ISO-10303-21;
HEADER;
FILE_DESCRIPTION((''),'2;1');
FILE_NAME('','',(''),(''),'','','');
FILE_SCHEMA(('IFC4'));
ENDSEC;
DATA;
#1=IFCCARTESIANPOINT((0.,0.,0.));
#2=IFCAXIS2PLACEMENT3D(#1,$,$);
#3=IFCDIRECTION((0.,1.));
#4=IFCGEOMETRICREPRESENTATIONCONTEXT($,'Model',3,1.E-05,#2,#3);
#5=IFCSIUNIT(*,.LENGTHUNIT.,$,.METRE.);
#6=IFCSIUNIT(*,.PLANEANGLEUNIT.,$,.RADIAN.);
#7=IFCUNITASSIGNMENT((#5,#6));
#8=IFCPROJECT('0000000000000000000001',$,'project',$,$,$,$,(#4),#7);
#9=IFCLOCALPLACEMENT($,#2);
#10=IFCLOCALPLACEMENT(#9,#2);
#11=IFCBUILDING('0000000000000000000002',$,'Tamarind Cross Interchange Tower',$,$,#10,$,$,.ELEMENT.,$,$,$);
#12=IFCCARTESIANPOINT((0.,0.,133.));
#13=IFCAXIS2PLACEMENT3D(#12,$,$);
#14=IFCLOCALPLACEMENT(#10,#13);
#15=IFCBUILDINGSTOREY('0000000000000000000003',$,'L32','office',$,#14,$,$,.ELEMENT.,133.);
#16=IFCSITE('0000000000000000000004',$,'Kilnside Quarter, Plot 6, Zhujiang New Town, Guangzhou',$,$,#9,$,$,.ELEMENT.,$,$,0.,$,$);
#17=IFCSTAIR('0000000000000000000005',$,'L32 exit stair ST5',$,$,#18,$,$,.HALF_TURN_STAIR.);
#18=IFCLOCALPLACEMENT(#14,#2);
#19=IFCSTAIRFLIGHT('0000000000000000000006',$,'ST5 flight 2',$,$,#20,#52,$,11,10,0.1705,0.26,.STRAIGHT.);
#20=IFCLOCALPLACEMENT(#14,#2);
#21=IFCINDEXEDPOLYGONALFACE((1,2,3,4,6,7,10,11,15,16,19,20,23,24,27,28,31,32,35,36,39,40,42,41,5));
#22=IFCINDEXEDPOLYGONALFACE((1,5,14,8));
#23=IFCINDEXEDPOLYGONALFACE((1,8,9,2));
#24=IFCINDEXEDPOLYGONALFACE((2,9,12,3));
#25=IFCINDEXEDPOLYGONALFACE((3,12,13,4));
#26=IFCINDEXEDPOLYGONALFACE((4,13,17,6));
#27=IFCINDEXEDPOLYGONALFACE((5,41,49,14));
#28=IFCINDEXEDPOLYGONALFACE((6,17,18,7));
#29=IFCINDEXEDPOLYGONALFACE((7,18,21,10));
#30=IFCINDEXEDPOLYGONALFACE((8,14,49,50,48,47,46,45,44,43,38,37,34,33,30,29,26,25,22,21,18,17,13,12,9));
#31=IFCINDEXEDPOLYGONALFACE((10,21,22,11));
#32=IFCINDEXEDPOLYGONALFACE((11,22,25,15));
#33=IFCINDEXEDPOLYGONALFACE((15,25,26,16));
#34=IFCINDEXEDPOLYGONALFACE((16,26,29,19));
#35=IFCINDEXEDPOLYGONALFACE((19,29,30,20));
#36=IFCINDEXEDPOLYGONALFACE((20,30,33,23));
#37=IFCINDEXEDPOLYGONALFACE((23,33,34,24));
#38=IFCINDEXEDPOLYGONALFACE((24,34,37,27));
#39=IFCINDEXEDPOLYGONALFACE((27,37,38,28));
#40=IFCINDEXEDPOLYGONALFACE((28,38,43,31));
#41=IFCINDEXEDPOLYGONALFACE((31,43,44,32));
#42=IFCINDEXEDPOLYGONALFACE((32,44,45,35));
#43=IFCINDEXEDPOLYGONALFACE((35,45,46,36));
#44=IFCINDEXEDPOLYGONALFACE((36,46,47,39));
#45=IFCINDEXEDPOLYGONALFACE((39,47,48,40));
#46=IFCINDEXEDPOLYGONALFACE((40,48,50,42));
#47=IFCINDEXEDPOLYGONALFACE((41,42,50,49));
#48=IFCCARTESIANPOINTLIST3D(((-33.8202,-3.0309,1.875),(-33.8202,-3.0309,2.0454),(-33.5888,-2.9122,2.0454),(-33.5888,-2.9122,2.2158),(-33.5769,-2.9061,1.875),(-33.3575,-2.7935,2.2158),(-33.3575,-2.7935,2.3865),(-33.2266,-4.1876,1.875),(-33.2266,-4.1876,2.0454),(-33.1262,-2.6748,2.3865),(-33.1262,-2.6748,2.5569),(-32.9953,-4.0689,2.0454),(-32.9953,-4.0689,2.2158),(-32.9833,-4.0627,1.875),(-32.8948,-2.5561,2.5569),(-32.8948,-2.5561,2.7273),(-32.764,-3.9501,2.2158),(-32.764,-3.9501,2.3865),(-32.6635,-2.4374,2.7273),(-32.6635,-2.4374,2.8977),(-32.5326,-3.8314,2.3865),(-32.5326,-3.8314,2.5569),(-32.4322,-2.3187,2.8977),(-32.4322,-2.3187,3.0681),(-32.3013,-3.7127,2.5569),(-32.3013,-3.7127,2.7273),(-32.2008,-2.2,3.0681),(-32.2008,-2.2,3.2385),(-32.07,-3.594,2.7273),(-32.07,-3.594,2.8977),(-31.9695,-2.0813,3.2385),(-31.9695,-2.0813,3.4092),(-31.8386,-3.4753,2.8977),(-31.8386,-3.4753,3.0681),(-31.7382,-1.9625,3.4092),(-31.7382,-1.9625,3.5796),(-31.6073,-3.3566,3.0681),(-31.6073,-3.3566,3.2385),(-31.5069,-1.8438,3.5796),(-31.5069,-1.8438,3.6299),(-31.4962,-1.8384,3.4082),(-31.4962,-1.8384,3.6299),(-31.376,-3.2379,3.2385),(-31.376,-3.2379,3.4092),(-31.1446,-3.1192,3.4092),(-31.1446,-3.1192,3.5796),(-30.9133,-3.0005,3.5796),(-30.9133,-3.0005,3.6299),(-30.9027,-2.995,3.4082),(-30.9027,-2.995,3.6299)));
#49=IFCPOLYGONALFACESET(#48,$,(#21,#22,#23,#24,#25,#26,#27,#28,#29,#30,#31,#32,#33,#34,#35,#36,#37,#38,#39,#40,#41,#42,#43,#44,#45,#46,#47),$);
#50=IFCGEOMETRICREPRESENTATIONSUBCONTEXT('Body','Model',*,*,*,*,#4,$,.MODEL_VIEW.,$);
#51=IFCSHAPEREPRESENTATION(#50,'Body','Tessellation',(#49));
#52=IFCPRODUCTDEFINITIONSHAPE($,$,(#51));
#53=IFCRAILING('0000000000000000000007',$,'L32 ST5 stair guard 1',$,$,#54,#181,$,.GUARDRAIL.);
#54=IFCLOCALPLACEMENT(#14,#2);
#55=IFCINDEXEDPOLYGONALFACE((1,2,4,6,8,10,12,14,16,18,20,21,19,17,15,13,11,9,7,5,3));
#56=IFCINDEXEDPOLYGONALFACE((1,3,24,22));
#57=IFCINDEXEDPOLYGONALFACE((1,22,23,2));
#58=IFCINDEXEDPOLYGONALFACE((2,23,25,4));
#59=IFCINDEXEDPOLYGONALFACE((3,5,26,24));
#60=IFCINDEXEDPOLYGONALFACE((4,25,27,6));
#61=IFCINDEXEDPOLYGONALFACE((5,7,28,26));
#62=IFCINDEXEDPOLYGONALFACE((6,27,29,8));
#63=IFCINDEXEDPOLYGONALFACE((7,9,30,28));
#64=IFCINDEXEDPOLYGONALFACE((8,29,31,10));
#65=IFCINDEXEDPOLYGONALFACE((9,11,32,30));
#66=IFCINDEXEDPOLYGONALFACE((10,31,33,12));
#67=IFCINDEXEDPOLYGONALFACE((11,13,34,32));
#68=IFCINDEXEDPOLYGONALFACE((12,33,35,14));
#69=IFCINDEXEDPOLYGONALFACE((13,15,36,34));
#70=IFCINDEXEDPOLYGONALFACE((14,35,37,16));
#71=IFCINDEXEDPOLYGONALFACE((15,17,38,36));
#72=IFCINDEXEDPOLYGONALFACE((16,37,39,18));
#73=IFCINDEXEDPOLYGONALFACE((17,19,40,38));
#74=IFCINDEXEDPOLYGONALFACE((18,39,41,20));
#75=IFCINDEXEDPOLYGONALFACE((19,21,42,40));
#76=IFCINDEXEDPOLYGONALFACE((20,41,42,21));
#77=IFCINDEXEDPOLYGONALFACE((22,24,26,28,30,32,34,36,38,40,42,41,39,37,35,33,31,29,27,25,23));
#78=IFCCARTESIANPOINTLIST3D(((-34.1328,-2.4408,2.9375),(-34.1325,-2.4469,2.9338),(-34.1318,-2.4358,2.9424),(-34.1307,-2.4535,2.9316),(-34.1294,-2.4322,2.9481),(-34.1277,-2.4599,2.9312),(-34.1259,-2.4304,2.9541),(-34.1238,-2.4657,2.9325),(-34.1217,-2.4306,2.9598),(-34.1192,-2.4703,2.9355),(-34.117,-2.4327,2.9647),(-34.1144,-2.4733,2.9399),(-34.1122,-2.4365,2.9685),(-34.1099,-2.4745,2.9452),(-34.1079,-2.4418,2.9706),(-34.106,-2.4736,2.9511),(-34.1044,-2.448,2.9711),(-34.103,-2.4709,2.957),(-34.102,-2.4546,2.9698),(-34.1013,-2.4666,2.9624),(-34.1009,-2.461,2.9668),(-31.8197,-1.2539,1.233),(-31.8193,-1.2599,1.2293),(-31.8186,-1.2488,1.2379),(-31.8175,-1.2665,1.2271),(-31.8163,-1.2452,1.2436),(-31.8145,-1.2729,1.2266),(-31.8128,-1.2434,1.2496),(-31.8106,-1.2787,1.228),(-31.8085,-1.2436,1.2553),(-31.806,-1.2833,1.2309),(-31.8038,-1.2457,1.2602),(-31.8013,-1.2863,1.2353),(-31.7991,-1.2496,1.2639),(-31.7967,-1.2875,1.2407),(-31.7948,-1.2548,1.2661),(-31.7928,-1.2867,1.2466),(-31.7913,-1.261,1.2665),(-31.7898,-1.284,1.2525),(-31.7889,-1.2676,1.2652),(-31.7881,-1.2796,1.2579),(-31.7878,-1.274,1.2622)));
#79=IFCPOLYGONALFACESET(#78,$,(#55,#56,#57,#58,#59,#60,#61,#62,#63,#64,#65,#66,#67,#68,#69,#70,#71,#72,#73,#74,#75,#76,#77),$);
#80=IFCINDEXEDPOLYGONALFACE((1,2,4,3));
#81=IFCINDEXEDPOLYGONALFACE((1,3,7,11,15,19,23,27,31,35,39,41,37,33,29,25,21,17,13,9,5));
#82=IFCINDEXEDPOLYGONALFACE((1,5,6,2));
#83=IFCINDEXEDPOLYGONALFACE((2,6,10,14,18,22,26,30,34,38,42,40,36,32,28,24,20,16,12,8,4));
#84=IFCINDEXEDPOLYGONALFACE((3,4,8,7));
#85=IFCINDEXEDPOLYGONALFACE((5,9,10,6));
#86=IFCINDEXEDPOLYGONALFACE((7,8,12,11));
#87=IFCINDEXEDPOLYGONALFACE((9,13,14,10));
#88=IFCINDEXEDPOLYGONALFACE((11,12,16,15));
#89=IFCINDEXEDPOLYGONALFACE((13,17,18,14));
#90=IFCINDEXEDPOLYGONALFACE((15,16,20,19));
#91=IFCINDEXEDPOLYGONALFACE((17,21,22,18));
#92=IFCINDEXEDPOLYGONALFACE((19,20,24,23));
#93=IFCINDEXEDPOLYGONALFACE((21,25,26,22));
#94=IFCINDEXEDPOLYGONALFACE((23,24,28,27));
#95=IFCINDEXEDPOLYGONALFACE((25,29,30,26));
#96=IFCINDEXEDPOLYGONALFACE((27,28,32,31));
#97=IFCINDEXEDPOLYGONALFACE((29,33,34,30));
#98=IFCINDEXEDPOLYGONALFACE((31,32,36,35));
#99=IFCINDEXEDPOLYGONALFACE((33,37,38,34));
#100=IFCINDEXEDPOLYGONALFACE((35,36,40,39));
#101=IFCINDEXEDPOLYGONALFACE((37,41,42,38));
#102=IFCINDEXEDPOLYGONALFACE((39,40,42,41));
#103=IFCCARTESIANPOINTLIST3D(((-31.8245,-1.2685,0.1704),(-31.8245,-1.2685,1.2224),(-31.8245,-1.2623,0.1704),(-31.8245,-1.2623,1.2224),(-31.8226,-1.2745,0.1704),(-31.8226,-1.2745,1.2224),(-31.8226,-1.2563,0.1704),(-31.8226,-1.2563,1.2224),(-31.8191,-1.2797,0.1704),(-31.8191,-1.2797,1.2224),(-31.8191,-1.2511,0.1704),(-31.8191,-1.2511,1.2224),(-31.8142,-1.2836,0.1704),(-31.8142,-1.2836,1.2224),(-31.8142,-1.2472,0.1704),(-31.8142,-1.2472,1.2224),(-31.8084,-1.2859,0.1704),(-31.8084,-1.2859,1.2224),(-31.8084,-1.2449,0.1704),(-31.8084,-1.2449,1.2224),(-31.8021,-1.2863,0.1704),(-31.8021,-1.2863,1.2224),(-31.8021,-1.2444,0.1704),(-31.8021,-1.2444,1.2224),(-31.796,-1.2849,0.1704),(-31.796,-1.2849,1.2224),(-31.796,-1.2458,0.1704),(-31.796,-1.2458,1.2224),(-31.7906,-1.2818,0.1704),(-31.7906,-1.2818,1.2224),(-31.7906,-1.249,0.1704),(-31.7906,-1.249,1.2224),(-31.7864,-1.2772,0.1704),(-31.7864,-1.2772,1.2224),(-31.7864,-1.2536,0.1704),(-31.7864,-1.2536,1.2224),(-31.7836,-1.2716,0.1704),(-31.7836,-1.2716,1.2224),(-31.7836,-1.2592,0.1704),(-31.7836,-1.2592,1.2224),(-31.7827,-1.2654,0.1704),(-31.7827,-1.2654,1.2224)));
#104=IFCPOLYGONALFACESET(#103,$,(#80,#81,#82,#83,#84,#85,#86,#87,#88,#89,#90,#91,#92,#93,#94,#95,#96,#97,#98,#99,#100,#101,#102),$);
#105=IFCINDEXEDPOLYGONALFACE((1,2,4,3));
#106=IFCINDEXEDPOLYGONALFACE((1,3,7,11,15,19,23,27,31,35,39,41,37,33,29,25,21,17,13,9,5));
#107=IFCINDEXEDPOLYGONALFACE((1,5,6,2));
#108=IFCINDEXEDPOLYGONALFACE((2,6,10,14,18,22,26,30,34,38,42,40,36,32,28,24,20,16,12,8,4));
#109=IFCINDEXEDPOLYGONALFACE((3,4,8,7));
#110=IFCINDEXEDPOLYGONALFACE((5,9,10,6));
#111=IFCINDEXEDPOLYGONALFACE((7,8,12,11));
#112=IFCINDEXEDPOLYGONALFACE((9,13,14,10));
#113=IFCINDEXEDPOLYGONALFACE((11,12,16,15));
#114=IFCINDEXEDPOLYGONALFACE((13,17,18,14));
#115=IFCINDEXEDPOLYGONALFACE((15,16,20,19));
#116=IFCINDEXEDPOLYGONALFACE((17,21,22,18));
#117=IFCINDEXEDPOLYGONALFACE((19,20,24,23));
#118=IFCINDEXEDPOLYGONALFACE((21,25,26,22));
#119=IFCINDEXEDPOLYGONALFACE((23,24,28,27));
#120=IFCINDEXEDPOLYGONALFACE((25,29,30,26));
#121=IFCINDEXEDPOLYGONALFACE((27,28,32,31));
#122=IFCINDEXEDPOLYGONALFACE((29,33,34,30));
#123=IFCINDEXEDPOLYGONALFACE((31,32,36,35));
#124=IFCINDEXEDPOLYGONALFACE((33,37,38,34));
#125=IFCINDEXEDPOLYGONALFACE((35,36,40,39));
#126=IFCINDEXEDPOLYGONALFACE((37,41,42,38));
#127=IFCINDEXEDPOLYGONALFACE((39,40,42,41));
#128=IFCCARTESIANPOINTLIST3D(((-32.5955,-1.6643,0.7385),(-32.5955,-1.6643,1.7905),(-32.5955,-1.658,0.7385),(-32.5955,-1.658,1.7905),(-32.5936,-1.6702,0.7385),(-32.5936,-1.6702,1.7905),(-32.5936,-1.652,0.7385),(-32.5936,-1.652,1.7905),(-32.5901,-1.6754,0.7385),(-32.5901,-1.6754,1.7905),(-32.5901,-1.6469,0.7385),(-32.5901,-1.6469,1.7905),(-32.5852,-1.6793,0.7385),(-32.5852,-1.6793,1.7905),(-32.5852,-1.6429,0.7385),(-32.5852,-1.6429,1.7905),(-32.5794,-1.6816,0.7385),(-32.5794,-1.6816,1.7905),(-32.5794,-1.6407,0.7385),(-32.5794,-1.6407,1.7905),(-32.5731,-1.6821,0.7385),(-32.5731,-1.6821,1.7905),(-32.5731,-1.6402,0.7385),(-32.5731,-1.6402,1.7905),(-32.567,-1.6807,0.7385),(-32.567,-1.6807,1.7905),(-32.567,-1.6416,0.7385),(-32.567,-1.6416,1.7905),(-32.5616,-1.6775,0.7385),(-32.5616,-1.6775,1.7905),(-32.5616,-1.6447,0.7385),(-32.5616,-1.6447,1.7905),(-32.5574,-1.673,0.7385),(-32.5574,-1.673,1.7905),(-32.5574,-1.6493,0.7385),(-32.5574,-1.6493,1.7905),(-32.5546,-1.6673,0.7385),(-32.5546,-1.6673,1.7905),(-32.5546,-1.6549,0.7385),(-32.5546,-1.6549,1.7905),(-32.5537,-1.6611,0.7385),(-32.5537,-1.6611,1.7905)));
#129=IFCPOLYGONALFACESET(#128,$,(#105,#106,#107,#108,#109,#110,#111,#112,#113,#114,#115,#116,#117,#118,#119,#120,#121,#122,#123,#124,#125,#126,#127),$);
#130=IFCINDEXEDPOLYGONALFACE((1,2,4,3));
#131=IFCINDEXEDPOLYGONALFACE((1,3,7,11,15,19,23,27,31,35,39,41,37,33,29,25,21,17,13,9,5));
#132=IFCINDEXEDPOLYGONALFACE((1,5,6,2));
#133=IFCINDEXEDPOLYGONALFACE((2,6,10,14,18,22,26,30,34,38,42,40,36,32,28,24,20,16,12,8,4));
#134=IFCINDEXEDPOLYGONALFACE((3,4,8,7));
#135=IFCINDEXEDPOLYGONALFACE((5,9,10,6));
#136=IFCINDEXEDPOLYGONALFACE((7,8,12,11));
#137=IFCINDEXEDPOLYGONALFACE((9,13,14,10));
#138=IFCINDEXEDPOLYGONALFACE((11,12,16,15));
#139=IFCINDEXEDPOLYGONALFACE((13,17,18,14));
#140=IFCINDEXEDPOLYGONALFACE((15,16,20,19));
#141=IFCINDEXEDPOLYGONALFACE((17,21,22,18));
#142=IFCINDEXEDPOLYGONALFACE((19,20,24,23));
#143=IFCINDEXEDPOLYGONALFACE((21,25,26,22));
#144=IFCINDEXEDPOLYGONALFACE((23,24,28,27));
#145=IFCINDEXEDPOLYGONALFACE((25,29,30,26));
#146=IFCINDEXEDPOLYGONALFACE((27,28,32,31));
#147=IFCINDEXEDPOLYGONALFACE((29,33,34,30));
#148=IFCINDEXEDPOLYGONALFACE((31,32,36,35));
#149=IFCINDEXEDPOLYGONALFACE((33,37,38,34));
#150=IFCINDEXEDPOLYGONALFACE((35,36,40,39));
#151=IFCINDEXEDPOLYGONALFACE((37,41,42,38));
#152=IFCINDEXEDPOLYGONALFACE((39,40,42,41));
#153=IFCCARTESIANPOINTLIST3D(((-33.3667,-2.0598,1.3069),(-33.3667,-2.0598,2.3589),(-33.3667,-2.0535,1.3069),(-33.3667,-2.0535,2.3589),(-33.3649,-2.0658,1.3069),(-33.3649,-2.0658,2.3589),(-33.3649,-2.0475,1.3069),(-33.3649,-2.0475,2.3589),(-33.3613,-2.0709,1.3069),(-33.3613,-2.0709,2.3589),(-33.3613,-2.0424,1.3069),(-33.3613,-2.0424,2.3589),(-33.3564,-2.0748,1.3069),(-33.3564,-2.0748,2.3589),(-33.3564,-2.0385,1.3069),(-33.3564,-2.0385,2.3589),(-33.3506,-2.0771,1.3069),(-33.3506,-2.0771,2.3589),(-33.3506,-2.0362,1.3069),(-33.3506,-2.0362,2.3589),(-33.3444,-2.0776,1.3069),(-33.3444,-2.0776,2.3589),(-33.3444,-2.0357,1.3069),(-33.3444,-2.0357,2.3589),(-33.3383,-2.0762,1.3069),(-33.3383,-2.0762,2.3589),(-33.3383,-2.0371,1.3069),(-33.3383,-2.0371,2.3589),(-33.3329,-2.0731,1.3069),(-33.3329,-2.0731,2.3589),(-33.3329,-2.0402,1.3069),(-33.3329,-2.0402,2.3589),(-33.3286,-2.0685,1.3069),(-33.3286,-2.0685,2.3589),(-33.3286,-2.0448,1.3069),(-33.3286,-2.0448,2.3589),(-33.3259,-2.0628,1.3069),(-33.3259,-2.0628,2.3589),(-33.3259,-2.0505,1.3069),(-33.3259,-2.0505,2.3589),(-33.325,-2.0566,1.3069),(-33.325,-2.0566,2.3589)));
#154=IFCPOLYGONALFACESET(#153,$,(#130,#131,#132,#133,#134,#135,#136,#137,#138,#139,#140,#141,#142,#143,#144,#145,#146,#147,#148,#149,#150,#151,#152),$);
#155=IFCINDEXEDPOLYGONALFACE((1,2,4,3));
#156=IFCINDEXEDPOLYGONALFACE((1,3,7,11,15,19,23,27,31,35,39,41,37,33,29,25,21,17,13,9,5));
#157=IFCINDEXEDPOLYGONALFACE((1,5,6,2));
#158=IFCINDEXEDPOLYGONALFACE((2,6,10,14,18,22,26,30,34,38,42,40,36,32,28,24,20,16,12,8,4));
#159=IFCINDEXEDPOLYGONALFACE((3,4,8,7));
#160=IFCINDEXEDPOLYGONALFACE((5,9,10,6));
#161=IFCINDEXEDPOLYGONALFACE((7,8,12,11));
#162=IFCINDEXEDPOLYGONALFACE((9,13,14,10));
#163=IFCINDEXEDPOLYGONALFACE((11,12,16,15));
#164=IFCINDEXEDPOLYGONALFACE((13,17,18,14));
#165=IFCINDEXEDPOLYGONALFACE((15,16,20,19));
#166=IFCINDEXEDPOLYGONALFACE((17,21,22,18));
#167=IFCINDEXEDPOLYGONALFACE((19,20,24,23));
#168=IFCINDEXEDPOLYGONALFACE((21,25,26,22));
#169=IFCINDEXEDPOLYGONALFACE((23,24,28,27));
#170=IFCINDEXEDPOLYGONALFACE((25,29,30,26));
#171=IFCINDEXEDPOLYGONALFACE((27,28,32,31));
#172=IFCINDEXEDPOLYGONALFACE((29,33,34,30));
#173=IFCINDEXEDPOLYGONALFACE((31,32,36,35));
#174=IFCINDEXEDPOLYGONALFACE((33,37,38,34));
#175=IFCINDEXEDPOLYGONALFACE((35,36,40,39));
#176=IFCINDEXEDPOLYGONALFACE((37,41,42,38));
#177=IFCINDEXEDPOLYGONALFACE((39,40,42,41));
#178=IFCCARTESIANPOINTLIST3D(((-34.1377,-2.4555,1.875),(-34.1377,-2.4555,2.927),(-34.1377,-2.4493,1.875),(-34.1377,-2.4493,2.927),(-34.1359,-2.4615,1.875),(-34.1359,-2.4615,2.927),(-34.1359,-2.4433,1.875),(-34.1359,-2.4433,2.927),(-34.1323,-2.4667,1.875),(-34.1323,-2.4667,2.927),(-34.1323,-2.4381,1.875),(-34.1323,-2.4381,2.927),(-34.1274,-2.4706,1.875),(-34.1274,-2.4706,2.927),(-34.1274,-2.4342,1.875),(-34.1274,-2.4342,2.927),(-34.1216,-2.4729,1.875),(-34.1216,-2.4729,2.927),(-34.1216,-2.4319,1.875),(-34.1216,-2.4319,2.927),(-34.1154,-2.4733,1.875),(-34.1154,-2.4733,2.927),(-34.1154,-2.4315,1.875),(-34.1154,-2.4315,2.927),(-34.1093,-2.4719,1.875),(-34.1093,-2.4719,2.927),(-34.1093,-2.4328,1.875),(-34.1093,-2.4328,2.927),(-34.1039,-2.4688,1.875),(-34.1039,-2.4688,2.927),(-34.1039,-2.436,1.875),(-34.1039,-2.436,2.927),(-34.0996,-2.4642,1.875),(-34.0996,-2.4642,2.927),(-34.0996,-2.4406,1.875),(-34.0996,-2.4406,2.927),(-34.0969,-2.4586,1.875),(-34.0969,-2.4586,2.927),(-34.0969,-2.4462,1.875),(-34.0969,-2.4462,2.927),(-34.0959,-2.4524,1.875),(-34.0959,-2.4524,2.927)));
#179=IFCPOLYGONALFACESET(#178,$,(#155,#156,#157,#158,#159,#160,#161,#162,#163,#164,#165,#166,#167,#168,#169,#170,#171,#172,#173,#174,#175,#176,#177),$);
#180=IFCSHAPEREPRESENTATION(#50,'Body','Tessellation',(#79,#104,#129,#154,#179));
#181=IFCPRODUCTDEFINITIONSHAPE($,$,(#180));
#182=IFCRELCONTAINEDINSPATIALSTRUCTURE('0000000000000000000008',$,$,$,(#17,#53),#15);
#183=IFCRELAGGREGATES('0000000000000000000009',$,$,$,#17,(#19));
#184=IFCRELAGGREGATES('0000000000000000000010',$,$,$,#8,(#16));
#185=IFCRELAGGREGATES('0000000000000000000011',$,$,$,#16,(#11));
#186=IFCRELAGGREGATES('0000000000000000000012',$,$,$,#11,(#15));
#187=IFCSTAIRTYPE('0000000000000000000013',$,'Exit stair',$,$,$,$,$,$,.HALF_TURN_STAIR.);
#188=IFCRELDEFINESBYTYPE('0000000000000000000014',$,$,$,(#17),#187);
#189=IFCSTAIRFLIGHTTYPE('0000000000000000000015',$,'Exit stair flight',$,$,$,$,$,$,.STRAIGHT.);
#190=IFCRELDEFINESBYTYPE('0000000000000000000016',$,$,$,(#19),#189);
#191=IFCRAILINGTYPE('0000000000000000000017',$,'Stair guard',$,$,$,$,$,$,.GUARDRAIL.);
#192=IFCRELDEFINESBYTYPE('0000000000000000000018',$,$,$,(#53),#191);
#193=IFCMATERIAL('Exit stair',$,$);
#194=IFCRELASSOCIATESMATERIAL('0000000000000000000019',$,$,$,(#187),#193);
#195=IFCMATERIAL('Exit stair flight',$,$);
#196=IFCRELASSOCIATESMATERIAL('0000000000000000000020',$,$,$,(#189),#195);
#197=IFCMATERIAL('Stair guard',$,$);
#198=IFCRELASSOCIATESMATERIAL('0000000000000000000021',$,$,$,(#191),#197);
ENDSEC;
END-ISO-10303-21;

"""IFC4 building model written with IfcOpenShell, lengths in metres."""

from ifc_helpers import new_model, si_unit, direction, frame, origin, origin_2d, place, context, subcontext, project, spatial, polyline, circle, outline, extrude, material, type_object, element, aggregate, save


model = new_model("IFC4")

# Units and contexts
model_context = context("Model", 3, precision=1e-05, world=origin(), true_north=direction((0.0, 1.0)))
body_context = subcontext(model_context, "Body", "Model", "MODEL_VIEW")
ifc_project = project(units=[si_unit("LENGTHUNIT", "METRE"), si_unit("PLANEANGLEUNIT", "RADIAN")], contexts=[model_context])

# Site, building, storey
site_placement = place(None, origin())
site = spatial("IfcSite", under=ifc_project, at=site_placement, Name="Kilnside Quarter, Plot 6, Zhujiang New Town, Guangzhou", CompositionType="ELEMENT", RefElevation=0.0)
building_placement = place(site_placement, origin())
building = spatial("IfcBuilding", under=site, at=building_placement, Name="Tamarind Cross Interchange Tower", CompositionType="ELEMENT")
storey_placement = place(building_placement, frame((0.0, 0.0, 133.0)))
storey = spatial("IfcBuildingStorey", under=building, at=storey_placement, Name="L32", Description="office", CompositionType="ELEMENT", Elevation=133.0)

# Stair, stair flight
ifc_material_1 = material(Name="Exit stair")
stair_type = type_object("IfcStairType", Name="Exit stair", PredefinedType="HALF_TURN_STAIR", material=ifc_material_1)
stair_placement = place(storey_placement, origin())
stair = element("IfcStair", 1, at=stair_placement, inside=storey, type_object=stair_type, Name="L32 exit stair ST5", PredefinedType="HALF_TURN_STAIR")
ifc_material_2 = material(Name="Exit stair flight")
stair_flight_type = type_object("IfcStairFlightType", Name="Exit stair flight", PredefinedType="STRAIGHT", material=ifc_material_2)
stair_flight_1_placement = place(storey_placement, frame((-33.5234, -3.6091, 1.875), z_axis=(0.0, 0.0, 1.0), x_axis=(0.889697, 0.456551, 0.0)))
stair_flight_1 = element("IfcStairFlight", 2, at=stair_flight_1_placement, type_object=stair_flight_type, Name="ST5 flight 2", NumberOfRisers=11, NumberOfTreads=10, PredefinedType="STRAIGHT", RiserHeight=0.1705, TreadLength=0.26, context=body_context, shape_type="SweptSolid", body=[
    extrude(outline(polyline([(0.0, 0.0), (0.0, 0.1704), (0.26, 0.1704), (0.26, 0.3408), (0.52, 0.3408), (0.52, 0.5115), (0.78, 0.5115), (0.78, 0.6819), (1.04, 0.6819), (1.04, 0.8523), (1.3, 0.8523), (1.3, 1.0227), (1.5601, 1.0227), (1.5601, 1.1931), (1.8201, 1.1931), (1.8201, 1.3635), (2.0801, 1.3635), (2.0801, 1.5342), (2.3401, 1.5342), (2.3401, 1.7046), (2.6001, 1.7046), (2.6001, 1.7549), (2.6121, 1.7549), (2.6121, 1.5332), (0.2734, 0.0), (0.0, 0.0)])), frame((0.0, 0.6499, 0.0), z_axis=(0.0, -1.0, 0.0), x_axis=(1.0, 0.0, 0.0)), (0.0, 0.0, 1.0), 1.3),
])
aggregate(stair, [stair_flight_1])

# Railing
ifc_material_3 = material(Name="Stair guard")
railing_type_1 = type_object("IfcRailingType", Name="Stair guard", PredefinedType="GUARDRAIL", material=ifc_material_3)
railing_1_placement = place(storey_placement, frame((-31.8037, -1.2654, 0.1704)))
element("IfcRailing", 3, at=railing_1_placement, inside=storey, type_object=railing_type_1, Name="L32 ST5 stair guard 1", PredefinedType="GUARDRAIL", context=body_context, shape_type="SweptSolid", body=[
    extrude(circle(Radius=0.0239, at=origin_2d()), frame((0.0, 0.0, 1.0762), z_axis=(-0.744052, -0.381803, 0.548282), x_axis=(0.456542, -0.889702, 0.0)), (0.0, 0.0, 1.0), 3.1089),
    extrude(circle(Radius=0.021, at=origin_2d()), origin(), (0.0, 0.0, 1.0), 1.052),
    extrude(circle(Radius=0.021, at=origin_2d()), frame((-0.771, -0.3958, 0.5681)), (0.0, 0.0, 1.0), 1.052),
    extrude(circle(Radius=0.021, at=origin_2d()), frame((-1.5422, -0.7913, 1.1365)), (0.0, 0.0, 1.0), 1.052),
    extrude(circle(Radius=0.021, at=origin_2d()), frame((-2.3132, -1.187, 1.7046)), (0.0, 0.0, 1.0), 1.052),
])

save(model, "model.ifc")
